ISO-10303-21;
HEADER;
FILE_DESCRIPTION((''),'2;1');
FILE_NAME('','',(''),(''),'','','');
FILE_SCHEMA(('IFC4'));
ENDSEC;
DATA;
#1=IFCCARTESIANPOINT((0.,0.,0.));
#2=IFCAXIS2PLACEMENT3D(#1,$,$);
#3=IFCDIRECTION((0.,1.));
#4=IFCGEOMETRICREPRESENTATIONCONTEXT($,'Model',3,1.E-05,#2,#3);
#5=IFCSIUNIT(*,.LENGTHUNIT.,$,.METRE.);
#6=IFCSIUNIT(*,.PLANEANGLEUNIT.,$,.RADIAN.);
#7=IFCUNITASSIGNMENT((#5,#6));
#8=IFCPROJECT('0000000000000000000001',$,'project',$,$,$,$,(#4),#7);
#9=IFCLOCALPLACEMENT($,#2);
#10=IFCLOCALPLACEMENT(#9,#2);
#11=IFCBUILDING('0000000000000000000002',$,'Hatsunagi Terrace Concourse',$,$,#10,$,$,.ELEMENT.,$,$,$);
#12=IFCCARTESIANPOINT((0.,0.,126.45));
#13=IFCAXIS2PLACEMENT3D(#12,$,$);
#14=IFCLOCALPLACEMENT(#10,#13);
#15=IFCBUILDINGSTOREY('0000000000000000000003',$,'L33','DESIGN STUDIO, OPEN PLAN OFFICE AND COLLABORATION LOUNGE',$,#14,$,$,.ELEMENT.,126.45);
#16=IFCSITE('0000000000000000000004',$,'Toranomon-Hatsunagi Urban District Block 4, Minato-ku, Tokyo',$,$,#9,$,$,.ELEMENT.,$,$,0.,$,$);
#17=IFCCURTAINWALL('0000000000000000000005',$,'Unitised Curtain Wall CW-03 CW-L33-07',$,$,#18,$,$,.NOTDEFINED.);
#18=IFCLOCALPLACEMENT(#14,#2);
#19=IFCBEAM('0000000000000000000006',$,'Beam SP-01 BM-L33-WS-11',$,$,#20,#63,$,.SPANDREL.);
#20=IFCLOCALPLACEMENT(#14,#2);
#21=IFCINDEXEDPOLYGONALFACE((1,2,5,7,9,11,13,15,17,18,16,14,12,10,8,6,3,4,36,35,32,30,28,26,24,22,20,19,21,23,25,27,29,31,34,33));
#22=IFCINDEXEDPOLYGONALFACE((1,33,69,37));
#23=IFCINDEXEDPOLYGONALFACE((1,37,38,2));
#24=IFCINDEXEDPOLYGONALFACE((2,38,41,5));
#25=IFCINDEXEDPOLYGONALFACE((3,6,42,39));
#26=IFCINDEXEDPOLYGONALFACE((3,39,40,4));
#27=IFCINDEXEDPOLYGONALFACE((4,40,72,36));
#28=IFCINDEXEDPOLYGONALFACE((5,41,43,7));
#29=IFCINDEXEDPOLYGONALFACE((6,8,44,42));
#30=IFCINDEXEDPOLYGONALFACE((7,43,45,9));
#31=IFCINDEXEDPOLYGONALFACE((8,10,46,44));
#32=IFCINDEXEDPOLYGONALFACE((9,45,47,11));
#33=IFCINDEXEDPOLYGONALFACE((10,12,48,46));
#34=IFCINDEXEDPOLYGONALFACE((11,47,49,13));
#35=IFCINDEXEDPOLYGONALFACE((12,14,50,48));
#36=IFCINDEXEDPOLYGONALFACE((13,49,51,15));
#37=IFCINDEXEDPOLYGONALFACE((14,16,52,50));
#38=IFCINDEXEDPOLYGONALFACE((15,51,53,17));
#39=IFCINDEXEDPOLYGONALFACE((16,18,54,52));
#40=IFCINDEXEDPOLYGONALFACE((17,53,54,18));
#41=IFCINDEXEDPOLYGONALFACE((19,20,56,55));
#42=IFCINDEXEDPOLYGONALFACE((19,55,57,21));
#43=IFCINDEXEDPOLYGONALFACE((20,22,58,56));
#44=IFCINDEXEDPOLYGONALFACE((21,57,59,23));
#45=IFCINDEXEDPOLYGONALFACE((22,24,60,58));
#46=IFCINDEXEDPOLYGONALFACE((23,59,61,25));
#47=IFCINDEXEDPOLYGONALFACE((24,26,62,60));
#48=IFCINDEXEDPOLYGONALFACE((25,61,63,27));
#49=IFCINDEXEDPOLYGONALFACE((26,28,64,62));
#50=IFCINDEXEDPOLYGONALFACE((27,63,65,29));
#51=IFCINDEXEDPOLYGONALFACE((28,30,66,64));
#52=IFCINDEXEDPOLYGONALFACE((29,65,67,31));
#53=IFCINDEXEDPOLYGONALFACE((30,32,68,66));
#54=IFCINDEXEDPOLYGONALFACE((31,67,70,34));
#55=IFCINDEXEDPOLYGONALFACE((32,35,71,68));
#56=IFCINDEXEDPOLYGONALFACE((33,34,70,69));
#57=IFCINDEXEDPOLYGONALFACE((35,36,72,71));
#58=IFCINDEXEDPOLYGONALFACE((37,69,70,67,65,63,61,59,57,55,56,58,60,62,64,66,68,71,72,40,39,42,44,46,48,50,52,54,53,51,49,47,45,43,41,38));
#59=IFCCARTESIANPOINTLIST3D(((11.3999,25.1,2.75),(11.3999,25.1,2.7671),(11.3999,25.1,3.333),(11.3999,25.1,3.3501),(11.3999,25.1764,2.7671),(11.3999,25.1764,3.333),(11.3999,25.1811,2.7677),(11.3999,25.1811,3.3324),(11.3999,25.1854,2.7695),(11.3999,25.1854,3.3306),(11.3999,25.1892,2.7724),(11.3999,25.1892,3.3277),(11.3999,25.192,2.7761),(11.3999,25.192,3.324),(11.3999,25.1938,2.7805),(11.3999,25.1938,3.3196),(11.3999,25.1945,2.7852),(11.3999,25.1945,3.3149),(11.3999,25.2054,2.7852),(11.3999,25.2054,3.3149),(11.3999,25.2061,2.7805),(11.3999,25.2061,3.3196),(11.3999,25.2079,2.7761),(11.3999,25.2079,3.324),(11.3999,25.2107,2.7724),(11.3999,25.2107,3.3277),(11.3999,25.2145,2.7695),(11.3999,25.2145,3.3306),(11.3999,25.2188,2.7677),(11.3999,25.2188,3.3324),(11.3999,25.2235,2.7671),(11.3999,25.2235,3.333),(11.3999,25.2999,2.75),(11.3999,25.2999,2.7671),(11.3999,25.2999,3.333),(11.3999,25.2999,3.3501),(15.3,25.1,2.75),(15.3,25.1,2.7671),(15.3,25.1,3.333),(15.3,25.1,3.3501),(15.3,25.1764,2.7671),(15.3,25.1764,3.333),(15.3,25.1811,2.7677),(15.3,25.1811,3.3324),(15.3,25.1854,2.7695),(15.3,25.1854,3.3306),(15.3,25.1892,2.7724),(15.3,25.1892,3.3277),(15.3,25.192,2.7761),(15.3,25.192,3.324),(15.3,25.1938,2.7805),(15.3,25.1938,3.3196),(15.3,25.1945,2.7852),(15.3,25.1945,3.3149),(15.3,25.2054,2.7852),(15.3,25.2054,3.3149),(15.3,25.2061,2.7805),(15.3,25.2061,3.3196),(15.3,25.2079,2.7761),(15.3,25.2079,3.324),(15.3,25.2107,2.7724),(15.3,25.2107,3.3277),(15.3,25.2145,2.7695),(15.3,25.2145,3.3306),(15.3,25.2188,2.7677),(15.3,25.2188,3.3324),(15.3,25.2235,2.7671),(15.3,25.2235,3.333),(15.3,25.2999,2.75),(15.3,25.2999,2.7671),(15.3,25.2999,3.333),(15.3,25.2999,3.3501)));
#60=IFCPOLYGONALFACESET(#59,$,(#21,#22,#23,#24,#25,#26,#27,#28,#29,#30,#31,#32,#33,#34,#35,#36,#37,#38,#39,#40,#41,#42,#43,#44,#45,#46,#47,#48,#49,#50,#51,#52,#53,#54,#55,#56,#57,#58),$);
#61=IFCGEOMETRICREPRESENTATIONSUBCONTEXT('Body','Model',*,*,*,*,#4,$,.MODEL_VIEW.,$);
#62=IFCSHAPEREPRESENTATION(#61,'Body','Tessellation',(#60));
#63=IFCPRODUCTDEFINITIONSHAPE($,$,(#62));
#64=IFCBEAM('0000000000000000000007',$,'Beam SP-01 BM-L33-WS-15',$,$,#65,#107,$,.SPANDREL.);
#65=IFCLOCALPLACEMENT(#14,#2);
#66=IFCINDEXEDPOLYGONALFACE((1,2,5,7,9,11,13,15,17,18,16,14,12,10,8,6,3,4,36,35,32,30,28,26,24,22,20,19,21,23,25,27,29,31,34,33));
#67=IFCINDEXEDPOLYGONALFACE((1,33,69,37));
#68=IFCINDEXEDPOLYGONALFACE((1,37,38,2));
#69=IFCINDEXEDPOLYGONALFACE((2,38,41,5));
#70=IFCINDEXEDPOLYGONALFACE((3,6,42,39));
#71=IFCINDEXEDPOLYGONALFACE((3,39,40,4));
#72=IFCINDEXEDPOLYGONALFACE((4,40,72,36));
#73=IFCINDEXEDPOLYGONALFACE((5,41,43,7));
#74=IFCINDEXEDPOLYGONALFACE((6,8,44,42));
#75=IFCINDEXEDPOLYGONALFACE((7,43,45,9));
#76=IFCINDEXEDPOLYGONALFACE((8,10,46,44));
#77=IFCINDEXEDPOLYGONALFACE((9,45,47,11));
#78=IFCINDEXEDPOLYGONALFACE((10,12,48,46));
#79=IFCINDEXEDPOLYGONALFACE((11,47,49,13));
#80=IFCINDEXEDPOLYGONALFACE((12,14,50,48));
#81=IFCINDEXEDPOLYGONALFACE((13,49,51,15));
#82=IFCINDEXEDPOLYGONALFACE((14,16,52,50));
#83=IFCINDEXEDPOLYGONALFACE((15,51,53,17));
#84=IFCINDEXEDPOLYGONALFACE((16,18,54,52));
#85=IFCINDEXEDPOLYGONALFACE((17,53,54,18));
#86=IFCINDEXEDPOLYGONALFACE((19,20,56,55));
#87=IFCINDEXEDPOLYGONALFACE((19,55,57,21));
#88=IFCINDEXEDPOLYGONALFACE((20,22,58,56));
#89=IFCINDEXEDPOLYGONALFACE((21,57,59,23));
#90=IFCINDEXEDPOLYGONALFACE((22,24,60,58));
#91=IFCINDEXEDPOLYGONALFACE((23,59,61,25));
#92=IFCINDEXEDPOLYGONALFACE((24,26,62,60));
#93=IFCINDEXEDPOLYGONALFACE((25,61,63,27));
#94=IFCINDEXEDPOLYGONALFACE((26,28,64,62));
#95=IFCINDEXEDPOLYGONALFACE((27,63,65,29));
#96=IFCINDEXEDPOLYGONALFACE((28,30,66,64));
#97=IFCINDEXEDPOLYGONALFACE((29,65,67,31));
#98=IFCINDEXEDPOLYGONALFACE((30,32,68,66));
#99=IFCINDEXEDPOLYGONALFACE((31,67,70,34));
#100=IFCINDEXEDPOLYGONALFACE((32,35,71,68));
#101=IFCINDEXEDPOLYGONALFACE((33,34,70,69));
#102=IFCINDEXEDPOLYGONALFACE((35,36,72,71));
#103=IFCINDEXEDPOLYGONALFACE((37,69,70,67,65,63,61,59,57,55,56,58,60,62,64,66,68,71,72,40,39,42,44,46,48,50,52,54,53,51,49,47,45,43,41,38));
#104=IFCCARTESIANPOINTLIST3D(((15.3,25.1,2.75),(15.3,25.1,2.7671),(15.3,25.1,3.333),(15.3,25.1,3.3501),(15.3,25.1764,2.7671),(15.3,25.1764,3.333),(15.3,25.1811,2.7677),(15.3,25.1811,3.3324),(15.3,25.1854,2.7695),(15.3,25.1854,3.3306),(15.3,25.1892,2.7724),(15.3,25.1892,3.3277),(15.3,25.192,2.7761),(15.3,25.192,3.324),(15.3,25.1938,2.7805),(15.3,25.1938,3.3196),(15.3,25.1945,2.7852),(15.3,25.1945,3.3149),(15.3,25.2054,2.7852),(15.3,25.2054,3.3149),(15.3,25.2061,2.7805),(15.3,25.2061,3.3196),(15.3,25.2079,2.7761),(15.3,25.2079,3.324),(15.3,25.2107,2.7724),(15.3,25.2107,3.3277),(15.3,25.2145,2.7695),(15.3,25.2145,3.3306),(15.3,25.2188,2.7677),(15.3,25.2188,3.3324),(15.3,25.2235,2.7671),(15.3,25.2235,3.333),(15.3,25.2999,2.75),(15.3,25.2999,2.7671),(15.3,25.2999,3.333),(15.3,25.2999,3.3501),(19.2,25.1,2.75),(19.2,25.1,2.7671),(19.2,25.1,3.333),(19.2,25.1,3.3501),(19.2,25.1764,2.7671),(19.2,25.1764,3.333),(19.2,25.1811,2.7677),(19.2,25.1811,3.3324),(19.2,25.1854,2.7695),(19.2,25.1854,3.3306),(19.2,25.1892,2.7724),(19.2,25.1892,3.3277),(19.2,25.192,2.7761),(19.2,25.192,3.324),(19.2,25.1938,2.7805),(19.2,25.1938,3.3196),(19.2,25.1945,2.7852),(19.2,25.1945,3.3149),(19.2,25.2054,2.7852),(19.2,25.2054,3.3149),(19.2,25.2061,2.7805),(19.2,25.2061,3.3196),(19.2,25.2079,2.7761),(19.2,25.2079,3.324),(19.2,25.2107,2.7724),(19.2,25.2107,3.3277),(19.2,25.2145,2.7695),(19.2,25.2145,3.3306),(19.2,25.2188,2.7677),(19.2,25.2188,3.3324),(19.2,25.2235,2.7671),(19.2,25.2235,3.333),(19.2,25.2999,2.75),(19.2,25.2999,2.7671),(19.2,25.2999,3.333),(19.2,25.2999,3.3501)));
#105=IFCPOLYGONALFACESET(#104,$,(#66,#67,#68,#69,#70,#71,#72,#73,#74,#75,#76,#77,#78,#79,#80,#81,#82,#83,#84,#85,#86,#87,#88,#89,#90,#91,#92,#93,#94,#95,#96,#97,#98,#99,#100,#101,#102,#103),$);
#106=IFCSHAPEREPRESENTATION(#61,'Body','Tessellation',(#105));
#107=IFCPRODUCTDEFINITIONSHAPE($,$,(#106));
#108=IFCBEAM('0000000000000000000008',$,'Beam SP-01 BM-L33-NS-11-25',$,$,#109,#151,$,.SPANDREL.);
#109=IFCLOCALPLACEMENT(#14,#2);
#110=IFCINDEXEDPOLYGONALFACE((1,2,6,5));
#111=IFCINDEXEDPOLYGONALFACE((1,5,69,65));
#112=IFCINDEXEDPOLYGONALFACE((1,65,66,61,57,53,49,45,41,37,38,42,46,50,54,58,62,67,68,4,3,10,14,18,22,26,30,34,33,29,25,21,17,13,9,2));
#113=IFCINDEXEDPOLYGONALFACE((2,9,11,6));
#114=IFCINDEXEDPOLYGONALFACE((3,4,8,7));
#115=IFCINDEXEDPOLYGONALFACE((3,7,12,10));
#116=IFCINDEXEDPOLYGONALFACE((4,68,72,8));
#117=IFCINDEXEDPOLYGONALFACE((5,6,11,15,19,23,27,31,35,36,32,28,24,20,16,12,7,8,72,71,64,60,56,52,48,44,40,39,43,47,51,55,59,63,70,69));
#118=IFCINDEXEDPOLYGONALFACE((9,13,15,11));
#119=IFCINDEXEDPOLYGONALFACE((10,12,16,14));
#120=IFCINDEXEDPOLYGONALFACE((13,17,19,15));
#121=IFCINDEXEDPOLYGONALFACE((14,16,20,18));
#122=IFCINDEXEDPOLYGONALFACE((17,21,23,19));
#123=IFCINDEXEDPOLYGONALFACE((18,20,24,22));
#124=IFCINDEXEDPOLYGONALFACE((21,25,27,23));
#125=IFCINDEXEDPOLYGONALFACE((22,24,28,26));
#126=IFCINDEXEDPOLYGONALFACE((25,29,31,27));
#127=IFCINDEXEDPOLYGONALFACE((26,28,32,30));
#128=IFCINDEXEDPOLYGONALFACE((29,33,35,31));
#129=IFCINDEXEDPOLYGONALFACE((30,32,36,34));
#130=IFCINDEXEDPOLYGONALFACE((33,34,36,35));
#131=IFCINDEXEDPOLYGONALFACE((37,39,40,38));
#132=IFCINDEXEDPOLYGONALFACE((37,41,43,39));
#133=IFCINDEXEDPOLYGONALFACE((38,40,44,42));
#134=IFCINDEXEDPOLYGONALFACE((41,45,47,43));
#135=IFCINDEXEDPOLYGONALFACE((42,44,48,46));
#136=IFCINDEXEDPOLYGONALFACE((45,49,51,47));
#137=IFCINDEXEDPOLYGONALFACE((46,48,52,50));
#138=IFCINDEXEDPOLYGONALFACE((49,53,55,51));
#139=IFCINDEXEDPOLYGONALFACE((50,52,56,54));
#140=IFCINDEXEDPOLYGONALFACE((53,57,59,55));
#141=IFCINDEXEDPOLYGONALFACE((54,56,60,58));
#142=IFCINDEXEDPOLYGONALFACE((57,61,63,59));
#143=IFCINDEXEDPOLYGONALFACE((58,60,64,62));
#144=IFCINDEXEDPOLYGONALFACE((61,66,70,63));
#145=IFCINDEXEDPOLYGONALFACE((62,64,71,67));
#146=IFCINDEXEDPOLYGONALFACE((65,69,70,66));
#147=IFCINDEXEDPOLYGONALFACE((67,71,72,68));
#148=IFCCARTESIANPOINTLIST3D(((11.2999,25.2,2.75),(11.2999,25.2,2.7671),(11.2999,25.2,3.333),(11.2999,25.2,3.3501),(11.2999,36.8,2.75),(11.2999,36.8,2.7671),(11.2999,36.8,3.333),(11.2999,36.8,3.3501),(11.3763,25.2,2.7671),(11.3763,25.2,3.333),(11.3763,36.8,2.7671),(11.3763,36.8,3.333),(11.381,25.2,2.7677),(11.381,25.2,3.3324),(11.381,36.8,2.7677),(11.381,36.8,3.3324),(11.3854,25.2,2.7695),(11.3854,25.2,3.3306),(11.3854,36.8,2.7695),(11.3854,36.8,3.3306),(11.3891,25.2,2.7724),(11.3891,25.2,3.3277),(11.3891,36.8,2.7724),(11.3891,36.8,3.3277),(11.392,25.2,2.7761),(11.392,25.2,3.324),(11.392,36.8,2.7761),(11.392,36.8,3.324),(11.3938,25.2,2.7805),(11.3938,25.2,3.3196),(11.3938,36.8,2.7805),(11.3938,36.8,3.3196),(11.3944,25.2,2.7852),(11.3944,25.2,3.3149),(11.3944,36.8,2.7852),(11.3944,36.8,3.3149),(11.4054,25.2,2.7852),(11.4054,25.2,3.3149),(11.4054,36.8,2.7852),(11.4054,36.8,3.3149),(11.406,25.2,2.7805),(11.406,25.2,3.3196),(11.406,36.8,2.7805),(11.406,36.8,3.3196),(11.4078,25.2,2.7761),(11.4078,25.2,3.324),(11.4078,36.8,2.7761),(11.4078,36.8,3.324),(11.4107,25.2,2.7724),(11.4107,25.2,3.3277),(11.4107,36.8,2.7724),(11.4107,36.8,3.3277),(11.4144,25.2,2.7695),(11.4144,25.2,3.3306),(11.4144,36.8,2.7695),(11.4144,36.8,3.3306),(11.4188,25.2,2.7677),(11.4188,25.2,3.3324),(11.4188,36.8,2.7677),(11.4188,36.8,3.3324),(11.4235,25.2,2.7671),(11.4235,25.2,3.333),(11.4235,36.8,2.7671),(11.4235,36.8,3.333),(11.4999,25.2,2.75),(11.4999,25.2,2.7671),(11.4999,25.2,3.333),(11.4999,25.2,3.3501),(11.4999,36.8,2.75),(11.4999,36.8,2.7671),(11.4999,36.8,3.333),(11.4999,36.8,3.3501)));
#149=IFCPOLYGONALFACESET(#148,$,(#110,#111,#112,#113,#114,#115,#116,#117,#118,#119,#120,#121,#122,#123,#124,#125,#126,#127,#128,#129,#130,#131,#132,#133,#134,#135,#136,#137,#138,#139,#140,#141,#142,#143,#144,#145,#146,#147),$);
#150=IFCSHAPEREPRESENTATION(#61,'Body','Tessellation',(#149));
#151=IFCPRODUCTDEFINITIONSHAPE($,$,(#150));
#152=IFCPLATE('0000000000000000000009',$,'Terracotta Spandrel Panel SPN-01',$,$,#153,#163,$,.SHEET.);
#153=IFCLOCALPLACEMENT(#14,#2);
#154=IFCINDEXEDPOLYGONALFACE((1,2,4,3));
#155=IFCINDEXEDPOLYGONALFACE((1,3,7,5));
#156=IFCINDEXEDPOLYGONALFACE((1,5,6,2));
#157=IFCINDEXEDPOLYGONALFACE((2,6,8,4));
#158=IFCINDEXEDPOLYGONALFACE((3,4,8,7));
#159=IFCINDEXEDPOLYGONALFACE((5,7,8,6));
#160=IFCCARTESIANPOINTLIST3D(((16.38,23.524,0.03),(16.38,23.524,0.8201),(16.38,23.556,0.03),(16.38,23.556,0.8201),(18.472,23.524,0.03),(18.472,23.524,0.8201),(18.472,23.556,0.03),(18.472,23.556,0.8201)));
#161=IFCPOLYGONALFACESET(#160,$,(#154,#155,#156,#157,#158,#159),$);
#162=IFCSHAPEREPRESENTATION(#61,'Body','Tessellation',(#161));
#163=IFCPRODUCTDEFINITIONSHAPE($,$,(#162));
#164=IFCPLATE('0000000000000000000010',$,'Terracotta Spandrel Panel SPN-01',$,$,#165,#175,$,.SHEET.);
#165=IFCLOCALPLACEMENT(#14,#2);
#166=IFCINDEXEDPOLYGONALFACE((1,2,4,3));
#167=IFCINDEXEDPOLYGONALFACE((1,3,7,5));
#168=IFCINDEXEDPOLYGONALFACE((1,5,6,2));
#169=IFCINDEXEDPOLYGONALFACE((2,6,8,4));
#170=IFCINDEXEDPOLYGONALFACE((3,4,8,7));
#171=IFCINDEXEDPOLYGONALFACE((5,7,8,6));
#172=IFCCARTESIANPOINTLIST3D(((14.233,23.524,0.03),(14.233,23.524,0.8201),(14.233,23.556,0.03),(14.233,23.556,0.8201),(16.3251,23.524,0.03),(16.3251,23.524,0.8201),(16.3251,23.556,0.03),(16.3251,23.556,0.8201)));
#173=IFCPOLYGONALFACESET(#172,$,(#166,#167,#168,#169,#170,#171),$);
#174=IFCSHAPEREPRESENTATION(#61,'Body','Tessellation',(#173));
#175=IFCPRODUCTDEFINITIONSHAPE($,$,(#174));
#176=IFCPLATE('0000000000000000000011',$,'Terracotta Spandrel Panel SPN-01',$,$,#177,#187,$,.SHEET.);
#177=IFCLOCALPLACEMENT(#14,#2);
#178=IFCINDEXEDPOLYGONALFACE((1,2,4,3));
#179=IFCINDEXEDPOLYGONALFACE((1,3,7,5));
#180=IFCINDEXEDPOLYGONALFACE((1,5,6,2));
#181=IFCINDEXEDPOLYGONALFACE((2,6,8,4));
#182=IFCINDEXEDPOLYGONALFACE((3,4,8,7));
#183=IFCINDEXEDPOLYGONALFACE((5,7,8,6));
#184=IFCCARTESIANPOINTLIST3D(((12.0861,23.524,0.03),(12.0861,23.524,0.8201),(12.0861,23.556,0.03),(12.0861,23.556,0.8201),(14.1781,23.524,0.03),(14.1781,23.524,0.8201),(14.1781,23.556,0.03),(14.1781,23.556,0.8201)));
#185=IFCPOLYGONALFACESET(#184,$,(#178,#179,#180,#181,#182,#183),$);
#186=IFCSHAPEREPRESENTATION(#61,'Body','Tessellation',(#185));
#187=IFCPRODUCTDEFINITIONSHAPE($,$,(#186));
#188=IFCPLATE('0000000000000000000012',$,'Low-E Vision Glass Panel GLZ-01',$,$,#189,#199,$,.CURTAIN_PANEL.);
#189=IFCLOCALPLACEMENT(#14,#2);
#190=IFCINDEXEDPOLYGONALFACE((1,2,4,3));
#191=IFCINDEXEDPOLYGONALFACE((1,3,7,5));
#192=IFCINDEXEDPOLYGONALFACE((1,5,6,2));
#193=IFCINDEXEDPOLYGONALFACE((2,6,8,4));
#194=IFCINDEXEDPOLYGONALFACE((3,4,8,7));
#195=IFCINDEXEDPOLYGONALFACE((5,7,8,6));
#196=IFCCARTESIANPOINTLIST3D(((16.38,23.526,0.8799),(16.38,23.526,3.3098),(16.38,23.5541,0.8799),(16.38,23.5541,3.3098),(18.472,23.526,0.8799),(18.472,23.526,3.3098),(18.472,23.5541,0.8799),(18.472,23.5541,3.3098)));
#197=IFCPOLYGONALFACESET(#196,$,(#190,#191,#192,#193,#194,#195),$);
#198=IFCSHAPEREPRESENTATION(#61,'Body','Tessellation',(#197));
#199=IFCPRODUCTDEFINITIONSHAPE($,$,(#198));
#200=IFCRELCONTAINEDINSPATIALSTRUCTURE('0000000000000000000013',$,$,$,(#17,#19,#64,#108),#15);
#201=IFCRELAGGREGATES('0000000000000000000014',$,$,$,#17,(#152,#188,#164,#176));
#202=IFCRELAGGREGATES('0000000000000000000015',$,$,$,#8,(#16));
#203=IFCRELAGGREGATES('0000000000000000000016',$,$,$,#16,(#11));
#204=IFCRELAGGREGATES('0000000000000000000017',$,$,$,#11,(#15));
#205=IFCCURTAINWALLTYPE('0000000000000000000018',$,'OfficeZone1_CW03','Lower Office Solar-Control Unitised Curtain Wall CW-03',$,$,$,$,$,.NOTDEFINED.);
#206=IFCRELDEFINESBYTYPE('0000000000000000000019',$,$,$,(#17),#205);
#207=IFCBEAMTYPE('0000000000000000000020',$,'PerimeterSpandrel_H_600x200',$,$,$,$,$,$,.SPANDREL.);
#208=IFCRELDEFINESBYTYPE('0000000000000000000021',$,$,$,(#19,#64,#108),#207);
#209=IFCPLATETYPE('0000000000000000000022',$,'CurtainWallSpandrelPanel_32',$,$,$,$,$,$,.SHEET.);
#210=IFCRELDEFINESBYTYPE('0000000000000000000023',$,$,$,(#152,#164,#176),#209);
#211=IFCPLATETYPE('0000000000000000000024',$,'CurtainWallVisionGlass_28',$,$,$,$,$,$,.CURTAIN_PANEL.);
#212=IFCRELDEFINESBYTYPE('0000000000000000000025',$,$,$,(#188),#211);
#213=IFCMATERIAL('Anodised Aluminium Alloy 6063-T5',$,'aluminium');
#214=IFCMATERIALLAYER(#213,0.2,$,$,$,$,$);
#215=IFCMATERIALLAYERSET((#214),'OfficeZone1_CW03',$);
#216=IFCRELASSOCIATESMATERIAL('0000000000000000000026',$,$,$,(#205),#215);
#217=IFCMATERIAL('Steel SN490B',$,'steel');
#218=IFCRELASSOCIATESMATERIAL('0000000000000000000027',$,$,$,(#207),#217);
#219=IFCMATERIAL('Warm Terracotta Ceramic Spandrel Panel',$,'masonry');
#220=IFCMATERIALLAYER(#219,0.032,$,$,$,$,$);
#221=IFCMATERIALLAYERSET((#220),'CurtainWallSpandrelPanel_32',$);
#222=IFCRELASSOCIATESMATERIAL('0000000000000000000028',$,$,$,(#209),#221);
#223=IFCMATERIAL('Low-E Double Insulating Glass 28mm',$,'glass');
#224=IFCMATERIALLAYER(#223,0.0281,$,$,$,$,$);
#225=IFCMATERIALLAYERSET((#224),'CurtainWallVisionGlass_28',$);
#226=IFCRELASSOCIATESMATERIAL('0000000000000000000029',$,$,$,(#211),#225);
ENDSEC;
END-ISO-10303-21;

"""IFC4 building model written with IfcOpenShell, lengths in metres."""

from ifc_helpers import new_model, si_unit, direction, frame, origin, origin_2d, place, context, subcontext, project, spatial, rectangle, i_section, extrude, material, layer, layer_set, material_profile, profile_set, type_object, element, aggregate, save


model = new_model("IFC4")

# Units and contexts
model_context = context("Model", 3, precision=1e-05, world=origin(), true_north=direction((0.0, 1.0)))
body_context = subcontext(model_context, "Body", "Model", "MODEL_VIEW")
ifc_project = project(units=[si_unit("LENGTHUNIT", "METRE"), si_unit("PLANEANGLEUNIT", "RADIAN")], contexts=[model_context])

# Site, building, storey
site_placement = place(None, origin())
site = spatial("IfcSite", under=ifc_project, at=site_placement, Name="Toranomon-Hatsunagi Urban District Block 4, Minato-ku, Tokyo", CompositionType="ELEMENT", RefElevation=0.0)
building_placement = place(site_placement, origin())
building = spatial("IfcBuilding", under=site, at=building_placement, Name="Hatsunagi Terrace Concourse", CompositionType="ELEMENT")
storey_placement = place(building_placement, frame((0.0, 0.0, 126.45)))
storey = spatial("IfcBuildingStorey", under=building, at=storey_placement, Name="L33", Description="DESIGN STUDIO, OPEN PLAN OFFICE AND COLLABORATION LOUNGE", CompositionType="ELEMENT", Elevation=126.45)

# Curtain wall
ifc_material_1 = material(Name="Anodised Aluminium Alloy 6063-T5", Category="aluminium")
ifc_layer_1 = layer(ifc_material_1, 0.2)
ifc_layer_set_1 = layer_set([ifc_layer_1], Name="OfficeZone1_CW03")
curtain_wall_type = type_object("IfcCurtainWallType", Name="OfficeZone1_CW03", Description="Lower Office Solar-Control Unitised Curtain Wall CW-03", PredefinedType="NOTDEFINED", material=ifc_layer_set_1)
curtain_wall_placement = place(storey_placement, origin())
curtain_wall = element("IfcCurtainWall", 1, at=curtain_wall_placement, inside=storey, type_object=curtain_wall_type, Name="Unitised Curtain Wall CW-03 CW-L33-07", PredefinedType="NOTDEFINED")

# Beams
ifc_material_2 = material(Name="Steel SN490B", Category="steel")
ifc_material_profile_1 = material_profile(ifc_material_2, i_section(OverallWidth=0.2, OverallDepth=0.6001, WebThickness=0.011, FlangeThickness=0.0171, FilletRadius=0.0181, at=origin_2d()), Name="H-600x200x11x17")
ifc_profile_set_1 = profile_set([ifc_material_profile_1], Name="Steel SN490B")
beam_type = type_object("IfcBeamType", Name="PerimeterSpandrel_H_600x200", PredefinedType="SPANDREL", material=ifc_profile_set_1)
beam_1_placement = place(storey_placement, frame((11.3999, 25.2, 3.05), z_axis=(1.0, 0.0, 0.0), x_axis=(0.0, 1.0, 0.0)))
element("IfcBeam", 2, at=beam_1_placement, inside=storey, type_object=beam_type, Name="Beam SP-01 BM-L33-WS-11", PredefinedType="SPANDREL", context=body_context, shape_type="SweptSolid", body=[
    extrude(i_section(OverallWidth=0.2, OverallDepth=0.6001, WebThickness=0.011, FlangeThickness=0.0171, FilletRadius=0.0181, at=origin_2d()), origin(), (0.0, 0.0, 1.0), 3.9001),
])
beam_2_placement = place(storey_placement, frame((15.3, 25.2, 3.05), z_axis=(1.0, 0.0, 0.0), x_axis=(0.0, 1.0, 0.0)))
element("IfcBeam", 3, at=beam_2_placement, inside=storey, type_object=beam_type, Name="Beam SP-01 BM-L33-WS-15", PredefinedType="SPANDREL", context=body_context, shape_type="SweptSolid", body=[
    extrude(i_section(OverallWidth=0.2, OverallDepth=0.6001, WebThickness=0.011, FlangeThickness=0.0171, FilletRadius=0.0181, at=origin_2d()), origin(), (0.0, 0.0, 1.0), 3.8999),
])
beam_3_placement = place(storey_placement, frame((11.3999, 25.2, 3.05), z_axis=(0.0, 1.0, 0.0), x_axis=(-1.0, 0.0, 0.0)))
element("IfcBeam", 4, at=beam_3_placement, inside=storey, type_object=beam_type, Name="Beam SP-01 BM-L33-NS-11-25", PredefinedType="SPANDREL", context=body_context, shape_type="SweptSolid", body=[
    extrude(i_section(OverallWidth=0.2, OverallDepth=0.6001, WebThickness=0.011, FlangeThickness=0.0171, FilletRadius=0.0181, at=origin_2d()), origin(), (0.0, 0.0, 1.0), 11.6001),
])

# Plates
ifc_material_3 = material(Name="Warm Terracotta Ceramic Spandrel Panel", Category="masonry")
ifc_layer_2 = layer(ifc_material_3, 0.032)
ifc_layer_set_2 = layer_set([ifc_layer_2], Name="CurtainWallSpandrelPanel_32")
plate_type_1 = type_object("IfcPlateType", Name="CurtainWallSpandrelPanel_32", PredefinedType="SHEET", material=ifc_layer_set_2)
plate_1_placement = place(storey_placement, frame((17.426, 23.54, 0.03), z_axis=(0.0, 0.0, 1.0), x_axis=(-1.0, 0.0, 0.0)))
plate_1 = element("IfcPlate", 5, at=plate_1_placement, type_object=plate_type_1, Name="Terracotta Spandrel Panel SPN-01", PredefinedType="SHEET", context=body_context, shape_type="SweptSolid", body=[
    extrude(rectangle(XDim=2.092, YDim=0.032, at=origin_2d()), origin(), (0.0, 0.0, 1.0), 0.79),
])
plate_2_placement = place(storey_placement, frame((15.2791, 23.54, 0.03), z_axis=(0.0, 0.0, 1.0), x_axis=(-1.0, 0.0, 0.0)))
plate_2 = element("IfcPlate", 6, at=plate_2_placement, type_object=plate_type_1, Name="Terracotta Spandrel Panel SPN-01", PredefinedType="SHEET", context=body_context, shape_type="SweptSolid", body=[
    extrude(rectangle(XDim=2.092, YDim=0.032, at=origin_2d()), origin(), (0.0, 0.0, 1.0), 0.79),
])
plate_3_placement = place(storey_placement, frame((13.1321, 23.54, 0.03), z_axis=(0.0, 0.0, 1.0), x_axis=(-1.0, 0.0, 0.0)))
plate_3 = element("IfcPlate", 7, at=plate_3_placement, type_object=plate_type_1, Name="Terracotta Spandrel Panel SPN-01", PredefinedType="SHEET", context=body_context, shape_type="SweptSolid", body=[
    extrude(rectangle(XDim=2.092, YDim=0.032, at=origin_2d()), origin(), (0.0, 0.0, 1.0), 0.79),
])
ifc_material_4 = material(Name="Low-E Double Insulating Glass 28mm", Category="glass")
ifc_layer_3 = layer(ifc_material_4, 0.0281)
ifc_layer_set_3 = layer_set([ifc_layer_3], Name="CurtainWallVisionGlass_28")
plate_type_2 = type_object("IfcPlateType", Name="CurtainWallVisionGlass_28", PredefinedType="CURTAIN_PANEL", material=ifc_layer_set_3)
plate_4_placement = place(storey_placement, frame((17.426, 23.54, 0.8799), z_axis=(0.0, 0.0, 1.0), x_axis=(-1.0, 0.0, 0.0)))
plate_4 = element("IfcPlate", 8, at=plate_4_placement, type_object=plate_type_2, Name="Low-E Vision Glass Panel GLZ-01", PredefinedType="CURTAIN_PANEL", context=body_context, shape_type="SweptSolid", body=[
    extrude(rectangle(XDim=2.092, YDim=0.0281, at=origin_2d()), origin(), (0.0, 0.0, 1.0), 2.4299),
])
aggregate(curtain_wall, [plate_1, plate_4, plate_2, plate_3])

save(model, "model.ifc")
